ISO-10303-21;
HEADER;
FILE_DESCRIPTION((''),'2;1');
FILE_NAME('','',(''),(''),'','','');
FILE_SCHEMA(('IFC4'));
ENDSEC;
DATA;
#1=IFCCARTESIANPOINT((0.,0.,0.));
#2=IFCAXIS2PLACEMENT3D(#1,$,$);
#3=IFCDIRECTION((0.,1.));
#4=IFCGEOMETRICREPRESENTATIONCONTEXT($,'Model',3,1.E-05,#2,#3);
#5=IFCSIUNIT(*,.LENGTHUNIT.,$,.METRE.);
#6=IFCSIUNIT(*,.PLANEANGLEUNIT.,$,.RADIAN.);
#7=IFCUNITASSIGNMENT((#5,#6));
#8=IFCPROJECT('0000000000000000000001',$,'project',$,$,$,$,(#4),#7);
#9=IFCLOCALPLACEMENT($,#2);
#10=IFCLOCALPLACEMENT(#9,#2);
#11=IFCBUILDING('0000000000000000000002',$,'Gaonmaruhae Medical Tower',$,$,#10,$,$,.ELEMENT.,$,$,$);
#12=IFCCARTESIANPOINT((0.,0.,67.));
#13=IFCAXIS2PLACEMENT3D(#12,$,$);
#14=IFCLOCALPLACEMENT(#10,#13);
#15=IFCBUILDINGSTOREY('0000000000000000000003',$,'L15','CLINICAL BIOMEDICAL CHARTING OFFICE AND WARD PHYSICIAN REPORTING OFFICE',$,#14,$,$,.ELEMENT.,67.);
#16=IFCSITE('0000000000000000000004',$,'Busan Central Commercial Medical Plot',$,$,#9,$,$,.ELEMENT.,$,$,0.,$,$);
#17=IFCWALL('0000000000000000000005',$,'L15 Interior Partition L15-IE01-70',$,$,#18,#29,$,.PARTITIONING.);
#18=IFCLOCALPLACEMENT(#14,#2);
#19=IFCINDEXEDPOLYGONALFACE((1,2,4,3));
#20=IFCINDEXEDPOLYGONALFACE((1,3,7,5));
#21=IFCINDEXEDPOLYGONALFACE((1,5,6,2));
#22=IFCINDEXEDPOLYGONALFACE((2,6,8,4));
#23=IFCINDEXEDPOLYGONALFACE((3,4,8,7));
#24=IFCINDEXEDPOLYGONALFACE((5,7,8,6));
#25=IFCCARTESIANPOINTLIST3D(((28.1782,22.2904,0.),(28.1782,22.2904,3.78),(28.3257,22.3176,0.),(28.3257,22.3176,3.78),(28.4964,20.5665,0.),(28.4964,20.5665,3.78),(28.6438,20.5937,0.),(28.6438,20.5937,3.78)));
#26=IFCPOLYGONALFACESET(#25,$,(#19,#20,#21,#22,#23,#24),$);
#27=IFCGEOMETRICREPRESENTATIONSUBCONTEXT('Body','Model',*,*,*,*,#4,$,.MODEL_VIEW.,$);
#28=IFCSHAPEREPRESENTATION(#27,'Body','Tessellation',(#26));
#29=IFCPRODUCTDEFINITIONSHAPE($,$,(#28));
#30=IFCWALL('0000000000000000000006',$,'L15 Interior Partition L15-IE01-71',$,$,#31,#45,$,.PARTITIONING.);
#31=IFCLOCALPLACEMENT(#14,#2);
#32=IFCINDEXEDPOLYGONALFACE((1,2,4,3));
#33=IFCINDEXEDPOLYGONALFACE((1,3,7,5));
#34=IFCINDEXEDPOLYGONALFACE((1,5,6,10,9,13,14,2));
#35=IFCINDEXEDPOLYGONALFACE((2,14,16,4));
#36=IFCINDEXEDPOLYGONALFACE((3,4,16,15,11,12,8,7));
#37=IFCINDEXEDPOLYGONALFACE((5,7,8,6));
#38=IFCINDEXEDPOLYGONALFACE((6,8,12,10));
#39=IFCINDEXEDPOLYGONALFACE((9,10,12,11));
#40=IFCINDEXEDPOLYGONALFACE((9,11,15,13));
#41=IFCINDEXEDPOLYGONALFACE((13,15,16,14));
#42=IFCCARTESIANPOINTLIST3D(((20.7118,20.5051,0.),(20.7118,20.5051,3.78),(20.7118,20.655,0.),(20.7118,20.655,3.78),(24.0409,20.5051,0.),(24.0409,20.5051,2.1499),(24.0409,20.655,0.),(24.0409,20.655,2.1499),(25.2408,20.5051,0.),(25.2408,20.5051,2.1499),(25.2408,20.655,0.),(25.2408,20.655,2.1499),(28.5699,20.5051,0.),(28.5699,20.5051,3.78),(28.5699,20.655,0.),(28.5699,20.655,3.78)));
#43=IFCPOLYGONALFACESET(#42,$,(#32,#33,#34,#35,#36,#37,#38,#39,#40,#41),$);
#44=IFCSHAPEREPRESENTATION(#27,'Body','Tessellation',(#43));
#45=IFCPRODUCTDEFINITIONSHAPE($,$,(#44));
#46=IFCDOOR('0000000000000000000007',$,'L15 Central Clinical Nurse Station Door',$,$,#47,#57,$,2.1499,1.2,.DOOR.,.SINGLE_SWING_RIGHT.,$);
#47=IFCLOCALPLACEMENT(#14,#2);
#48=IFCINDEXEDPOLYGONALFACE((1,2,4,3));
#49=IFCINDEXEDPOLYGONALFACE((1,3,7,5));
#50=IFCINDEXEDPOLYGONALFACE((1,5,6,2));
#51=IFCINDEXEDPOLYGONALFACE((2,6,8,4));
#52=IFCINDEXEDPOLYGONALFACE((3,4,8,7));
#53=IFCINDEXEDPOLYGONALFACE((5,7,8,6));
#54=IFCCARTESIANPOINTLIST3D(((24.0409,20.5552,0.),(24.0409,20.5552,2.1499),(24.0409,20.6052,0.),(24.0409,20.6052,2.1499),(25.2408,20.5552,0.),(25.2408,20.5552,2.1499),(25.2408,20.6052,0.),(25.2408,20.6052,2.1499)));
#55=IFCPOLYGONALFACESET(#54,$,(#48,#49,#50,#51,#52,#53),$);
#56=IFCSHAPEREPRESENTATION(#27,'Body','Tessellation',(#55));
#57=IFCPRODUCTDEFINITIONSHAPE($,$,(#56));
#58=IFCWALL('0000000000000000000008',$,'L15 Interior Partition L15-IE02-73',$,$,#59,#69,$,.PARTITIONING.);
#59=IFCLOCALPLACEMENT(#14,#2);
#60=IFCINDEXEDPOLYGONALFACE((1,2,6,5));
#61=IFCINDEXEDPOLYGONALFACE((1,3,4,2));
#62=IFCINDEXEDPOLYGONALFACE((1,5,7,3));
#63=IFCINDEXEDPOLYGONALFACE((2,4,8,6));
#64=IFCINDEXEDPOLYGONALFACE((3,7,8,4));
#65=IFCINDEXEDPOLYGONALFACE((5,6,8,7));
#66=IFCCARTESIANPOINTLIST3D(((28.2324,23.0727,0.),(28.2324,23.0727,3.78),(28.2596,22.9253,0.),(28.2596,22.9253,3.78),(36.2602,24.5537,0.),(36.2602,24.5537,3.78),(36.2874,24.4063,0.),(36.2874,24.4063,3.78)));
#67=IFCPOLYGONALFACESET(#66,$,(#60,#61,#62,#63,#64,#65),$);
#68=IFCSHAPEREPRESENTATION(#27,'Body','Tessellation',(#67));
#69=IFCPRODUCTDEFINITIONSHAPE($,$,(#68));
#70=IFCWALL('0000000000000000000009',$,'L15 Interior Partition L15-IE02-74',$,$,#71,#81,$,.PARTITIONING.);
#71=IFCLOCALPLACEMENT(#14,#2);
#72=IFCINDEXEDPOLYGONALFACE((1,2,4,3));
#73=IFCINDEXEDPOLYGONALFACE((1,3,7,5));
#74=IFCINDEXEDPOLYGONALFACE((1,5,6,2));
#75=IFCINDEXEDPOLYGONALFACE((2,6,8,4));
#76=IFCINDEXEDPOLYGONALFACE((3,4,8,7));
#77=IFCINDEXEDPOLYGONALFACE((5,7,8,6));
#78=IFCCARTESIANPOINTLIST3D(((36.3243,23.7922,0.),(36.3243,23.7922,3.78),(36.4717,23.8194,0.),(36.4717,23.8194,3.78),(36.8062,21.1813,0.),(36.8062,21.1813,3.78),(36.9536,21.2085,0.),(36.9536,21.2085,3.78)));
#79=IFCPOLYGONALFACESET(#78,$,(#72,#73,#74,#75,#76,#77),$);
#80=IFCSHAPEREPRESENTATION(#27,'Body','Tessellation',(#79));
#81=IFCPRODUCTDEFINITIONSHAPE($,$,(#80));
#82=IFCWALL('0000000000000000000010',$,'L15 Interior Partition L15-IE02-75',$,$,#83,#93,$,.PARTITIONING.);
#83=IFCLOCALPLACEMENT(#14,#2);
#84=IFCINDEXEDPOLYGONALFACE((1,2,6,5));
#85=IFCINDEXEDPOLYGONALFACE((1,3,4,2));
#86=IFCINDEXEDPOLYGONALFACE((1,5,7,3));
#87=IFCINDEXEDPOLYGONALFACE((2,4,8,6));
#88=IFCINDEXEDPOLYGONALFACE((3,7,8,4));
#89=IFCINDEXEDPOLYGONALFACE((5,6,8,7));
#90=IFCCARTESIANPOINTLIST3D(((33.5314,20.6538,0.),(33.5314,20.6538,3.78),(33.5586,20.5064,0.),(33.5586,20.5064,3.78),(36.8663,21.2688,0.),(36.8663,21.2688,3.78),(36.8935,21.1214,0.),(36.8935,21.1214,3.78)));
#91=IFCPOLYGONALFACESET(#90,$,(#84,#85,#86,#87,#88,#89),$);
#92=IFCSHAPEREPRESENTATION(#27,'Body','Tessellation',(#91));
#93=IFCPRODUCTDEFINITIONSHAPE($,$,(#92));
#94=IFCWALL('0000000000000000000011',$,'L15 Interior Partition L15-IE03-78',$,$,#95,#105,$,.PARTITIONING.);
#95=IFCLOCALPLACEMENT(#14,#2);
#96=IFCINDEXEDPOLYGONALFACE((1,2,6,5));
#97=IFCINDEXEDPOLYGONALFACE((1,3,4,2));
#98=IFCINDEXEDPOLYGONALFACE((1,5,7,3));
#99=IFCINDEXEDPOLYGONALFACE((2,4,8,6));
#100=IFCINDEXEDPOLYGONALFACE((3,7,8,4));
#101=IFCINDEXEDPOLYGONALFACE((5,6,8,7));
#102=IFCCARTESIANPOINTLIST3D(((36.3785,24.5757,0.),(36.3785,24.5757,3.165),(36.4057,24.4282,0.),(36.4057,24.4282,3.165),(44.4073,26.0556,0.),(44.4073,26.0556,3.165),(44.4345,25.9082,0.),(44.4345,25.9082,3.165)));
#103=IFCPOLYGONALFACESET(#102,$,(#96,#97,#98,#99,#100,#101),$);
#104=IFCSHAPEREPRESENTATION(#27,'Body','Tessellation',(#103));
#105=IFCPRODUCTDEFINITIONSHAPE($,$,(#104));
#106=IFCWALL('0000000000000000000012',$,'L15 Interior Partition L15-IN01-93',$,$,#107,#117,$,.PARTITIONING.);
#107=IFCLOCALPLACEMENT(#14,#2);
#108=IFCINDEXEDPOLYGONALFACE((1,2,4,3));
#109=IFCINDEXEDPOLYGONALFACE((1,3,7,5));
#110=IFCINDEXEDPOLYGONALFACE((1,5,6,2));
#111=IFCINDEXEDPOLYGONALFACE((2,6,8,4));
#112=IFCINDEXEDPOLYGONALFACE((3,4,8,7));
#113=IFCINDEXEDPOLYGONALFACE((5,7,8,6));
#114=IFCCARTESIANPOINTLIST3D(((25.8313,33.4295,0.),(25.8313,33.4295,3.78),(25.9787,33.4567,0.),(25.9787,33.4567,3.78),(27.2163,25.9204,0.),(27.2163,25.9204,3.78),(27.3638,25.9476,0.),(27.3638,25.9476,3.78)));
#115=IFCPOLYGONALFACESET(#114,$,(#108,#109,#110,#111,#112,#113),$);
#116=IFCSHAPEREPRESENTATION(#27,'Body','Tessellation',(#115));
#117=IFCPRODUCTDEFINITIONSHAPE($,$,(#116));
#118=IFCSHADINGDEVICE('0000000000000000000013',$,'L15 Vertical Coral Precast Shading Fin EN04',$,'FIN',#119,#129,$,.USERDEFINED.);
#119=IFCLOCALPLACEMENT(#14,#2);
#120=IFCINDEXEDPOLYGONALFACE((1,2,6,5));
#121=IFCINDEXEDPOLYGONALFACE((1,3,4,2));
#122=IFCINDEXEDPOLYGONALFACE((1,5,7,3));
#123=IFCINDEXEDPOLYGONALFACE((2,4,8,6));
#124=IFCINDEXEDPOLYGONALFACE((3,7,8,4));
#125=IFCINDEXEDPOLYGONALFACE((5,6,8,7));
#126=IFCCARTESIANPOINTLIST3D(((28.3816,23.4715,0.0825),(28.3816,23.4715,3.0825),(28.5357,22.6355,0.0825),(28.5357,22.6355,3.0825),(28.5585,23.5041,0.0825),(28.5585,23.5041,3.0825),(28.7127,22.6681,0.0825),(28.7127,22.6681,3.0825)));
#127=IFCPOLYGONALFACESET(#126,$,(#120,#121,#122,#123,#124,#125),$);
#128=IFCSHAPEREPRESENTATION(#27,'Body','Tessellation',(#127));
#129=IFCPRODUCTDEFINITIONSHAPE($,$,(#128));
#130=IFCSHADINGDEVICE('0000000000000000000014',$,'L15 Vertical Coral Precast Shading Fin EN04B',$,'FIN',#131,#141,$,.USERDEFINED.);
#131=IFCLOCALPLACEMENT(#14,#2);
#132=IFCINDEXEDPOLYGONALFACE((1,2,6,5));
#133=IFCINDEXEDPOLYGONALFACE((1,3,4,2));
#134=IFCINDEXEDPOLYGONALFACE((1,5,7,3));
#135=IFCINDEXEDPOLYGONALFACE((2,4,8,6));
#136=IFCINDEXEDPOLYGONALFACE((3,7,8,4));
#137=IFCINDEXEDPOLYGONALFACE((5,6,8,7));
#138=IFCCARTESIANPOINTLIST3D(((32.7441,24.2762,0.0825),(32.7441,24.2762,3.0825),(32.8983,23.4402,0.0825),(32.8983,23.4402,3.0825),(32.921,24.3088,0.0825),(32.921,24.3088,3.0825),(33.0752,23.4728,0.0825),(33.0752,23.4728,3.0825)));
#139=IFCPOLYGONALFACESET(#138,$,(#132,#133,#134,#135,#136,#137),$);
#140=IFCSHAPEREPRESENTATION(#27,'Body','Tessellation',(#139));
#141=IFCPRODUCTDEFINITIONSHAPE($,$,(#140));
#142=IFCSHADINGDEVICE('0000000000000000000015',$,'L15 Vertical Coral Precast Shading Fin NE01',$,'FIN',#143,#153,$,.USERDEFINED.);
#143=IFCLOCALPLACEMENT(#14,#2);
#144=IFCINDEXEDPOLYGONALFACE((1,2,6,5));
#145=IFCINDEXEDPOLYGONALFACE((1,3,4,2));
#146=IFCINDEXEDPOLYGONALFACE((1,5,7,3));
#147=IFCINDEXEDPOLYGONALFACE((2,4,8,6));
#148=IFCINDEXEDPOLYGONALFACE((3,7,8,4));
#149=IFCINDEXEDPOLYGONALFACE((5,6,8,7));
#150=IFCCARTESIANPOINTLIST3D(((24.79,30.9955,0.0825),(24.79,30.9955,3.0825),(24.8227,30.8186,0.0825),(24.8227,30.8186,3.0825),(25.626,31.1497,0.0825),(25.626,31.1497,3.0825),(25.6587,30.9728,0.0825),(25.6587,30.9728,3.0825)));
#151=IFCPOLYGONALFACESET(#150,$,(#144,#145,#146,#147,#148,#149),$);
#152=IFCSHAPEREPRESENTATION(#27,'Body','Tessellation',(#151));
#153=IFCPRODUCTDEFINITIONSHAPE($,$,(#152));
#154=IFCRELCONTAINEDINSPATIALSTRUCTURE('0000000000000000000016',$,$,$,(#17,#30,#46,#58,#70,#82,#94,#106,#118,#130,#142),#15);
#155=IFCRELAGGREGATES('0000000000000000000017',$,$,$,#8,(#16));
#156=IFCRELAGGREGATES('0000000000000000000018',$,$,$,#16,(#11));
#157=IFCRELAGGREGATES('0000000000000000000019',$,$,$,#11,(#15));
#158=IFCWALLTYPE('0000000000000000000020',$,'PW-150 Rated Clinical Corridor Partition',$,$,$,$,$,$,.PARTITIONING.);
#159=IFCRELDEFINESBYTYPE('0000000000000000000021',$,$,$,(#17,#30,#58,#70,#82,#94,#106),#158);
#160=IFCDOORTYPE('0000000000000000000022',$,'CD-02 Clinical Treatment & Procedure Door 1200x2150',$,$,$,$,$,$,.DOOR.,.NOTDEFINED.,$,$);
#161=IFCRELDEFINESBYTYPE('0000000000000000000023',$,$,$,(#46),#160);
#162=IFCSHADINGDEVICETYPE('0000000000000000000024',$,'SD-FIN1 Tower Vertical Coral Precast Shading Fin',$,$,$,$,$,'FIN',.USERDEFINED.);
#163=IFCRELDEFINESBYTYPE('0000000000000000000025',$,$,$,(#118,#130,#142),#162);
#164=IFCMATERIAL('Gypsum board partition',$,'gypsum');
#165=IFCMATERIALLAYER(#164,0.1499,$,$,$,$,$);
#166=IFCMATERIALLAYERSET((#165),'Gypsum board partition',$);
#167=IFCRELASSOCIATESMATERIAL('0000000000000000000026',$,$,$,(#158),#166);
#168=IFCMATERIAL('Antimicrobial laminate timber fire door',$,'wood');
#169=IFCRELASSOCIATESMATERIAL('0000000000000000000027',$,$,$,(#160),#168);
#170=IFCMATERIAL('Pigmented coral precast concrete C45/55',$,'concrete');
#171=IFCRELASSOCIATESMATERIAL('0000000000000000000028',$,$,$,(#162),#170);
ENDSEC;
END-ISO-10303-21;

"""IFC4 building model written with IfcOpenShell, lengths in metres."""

from ifc_helpers import new_model, si_unit, direction, frame, frame_2d, origin, origin_2d, place, context, subcontext, project, spatial, rectangle, extrude, material, layer, layer_set, type_object, element, fill, save


model = new_model("IFC4")

# Units and contexts
model_context = context("Model", 3, precision=1e-05, world=origin(), true_north=direction((0.0, 1.0)))
body_context = subcontext(model_context, "Body", "Model", "MODEL_VIEW")
ifc_project = project(units=[si_unit("LENGTHUNIT", "METRE"), si_unit("PLANEANGLEUNIT", "RADIAN")], contexts=[model_context])

# Site, building, storey
site_placement = place(None, origin())
site = spatial("IfcSite", under=ifc_project, at=site_placement, Name="Busan Central Commercial Medical Plot", CompositionType="ELEMENT", RefElevation=0.0)
building_placement = place(site_placement, origin())
building = spatial("IfcBuilding", under=site, at=building_placement, Name="Gaonmaruhae Medical Tower", CompositionType="ELEMENT")
storey_placement = place(building_placement, frame((0.0, 0.0, 67.0)))
storey = spatial("IfcBuildingStorey", under=building, at=storey_placement, Name="L15", Description="CLINICAL BIOMEDICAL CHARTING OFFICE AND WARD PHYSICIAN REPORTING OFFICE", CompositionType="ELEMENT", Elevation=67.0)

# Wall
ifc_material_1 = material(Name="Gypsum board partition", Category="gypsum")
ifc_layer_1 = layer(ifc_material_1, 0.1499)
ifc_layer_set_1 = layer_set([ifc_layer_1], Name="Gypsum board partition")
wall_type_1 = type_object("IfcWallType", Name="PW-150 Rated Clinical Corridor Partition", PredefinedType="PARTITIONING", material=ifc_layer_set_1)
wall_1_placement = place(storey_placement, frame((28.252, 22.304, 0.0), z_axis=(0.0, 0.0, 1.0), x_axis=(0.181471, -0.983396, 0.0)))
element("IfcWall", 1, at=wall_1_placement, inside=storey, type_object=wall_type_1, Name="L15 Interior Partition L15-IE01-70", PredefinedType="PARTITIONING", context=body_context, shape_type="SweptSolid", body=[
    extrude(rectangle(XDim=1.7529, YDim=0.1499, at=frame_2d((0.8765, 0.0))), origin(), (0.0, 0.0, 1.0), 3.78),
])

# Wall, opening, door
wall_2_placement = place(storey_placement, frame((28.5701, 20.5801, 0.0), z_axis=(0.0, 0.0, 1.0), x_axis=(-1.0, 0.0, 0.0)))
wall_2 = element("IfcWall", 2, at=wall_2_placement, inside=storey, type_object=wall_type_1, Name="L15 Interior Partition L15-IE01-71", PredefinedType="PARTITIONING", context=body_context, shape_type="SweptSolid", body=[
    extrude(rectangle(XDim=7.8582, YDim=0.1499, at=frame_2d((3.9292, 0.0))), origin(), (0.0, 0.0, 1.0), 3.78),
])
opening_1_placement = place(wall_2_placement, frame((3.3291, 0.0, 0.0)))
opening_1 = element("IfcOpeningElement", 3, at=opening_1_placement, cuts=wall_2, PredefinedType="OPENING", context=body_context, shape_type="SweptSolid", body=[
    extrude(rectangle(XDim=1.2, YDim=2.1499, at=frame_2d((0.6001, 1.075))), frame((0.0, 0.085, 0.0), z_axis=(0.0, -1.0, 0.0), x_axis=(1.0, 0.0, 0.0)), (0.0, 0.0, 1.0), 0.1699),
])
ifc_material_2 = material(Name="Antimicrobial laminate timber fire door", Category="wood")
door_type = type_object("IfcDoorType", Name="CD-02 Clinical Treatment & Procedure Door 1200x2150", OperationType="NOTDEFINED", PredefinedType="DOOR", material=ifc_material_2)
door_1_placement = place(opening_1_placement, origin())
door_1 = element("IfcDoor", 4, at=door_1_placement, inside=storey, type_object=door_type, Name="L15 Central Clinical Nurse Station Door", OperationType="SINGLE_SWING_RIGHT", OverallHeight=2.1499, OverallWidth=1.2, PredefinedType="DOOR", context=body_context, shape_type="SweptSolid", body=[
    extrude(rectangle(XDim=1.2, YDim=2.1499, at=frame_2d((0.6001, 1.075))), frame((0.0, 0.0249, 0.0), z_axis=(0.0, -1.0, 0.0), x_axis=(1.0, 0.0, 0.0)), (0.0, 0.0, 1.0), 0.05),
])
fill(opening_1, door_1)

# Walls
wall_3_placement = place(storey_placement, frame((28.2461, 22.999, 0.0), z_axis=(0.0, 0.0, 1.0), x_axis=(0.983406, 0.181417, 0.0)))
element("IfcWall", 5, at=wall_3_placement, inside=storey, type_object=wall_type_1, Name="L15 Interior Partition L15-IE02-73", PredefinedType="PARTITIONING", context=body_context, shape_type="SweptSolid", body=[
    extrude(rectangle(XDim=8.1633, YDim=0.1499, at=frame_2d((4.0815, 0.0))), origin(), (0.0, 0.0, 1.0), 3.78),
])
wall_4_placement = place(storey_placement, frame((36.3979, 23.8059, 0.0), z_axis=(0.0, 0.0, 1.0), x_axis=(0.181523, -0.983387, 0.0)))
element("IfcWall", 6, at=wall_4_placement, inside=storey, type_object=wall_type_1, Name="L15 Interior Partition L15-IE02-74", PredefinedType="PARTITIONING", context=body_context, shape_type="SweptSolid", body=[
    extrude(rectangle(XDim=2.655, YDim=0.1499, at=frame_2d((1.3276, 0.0))), origin(), (0.0, 0.0, 1.0), 3.78),
])
wall_5_placement = place(storey_placement, frame((36.8799, 21.1951, 0.0), z_axis=(0.0, 0.0, 1.0), x_axis=(-0.983419, -0.181349, 0.0)))
element("IfcWall", 7, at=wall_5_placement, inside=storey, type_object=wall_type_1, Name="L15 Interior Partition L15-IE02-75", PredefinedType="PARTITIONING", context=body_context, shape_type="SweptSolid", body=[
    extrude(rectangle(XDim=3.3911, YDim=0.1499, at=frame_2d((1.6956, 0.0))), origin(), (0.0, 0.0, 1.0), 3.78),
])

# Walls
wall_6_placement = place(storey_placement, frame((36.3921, 24.502, 0.0), z_axis=(0.0, 0.0, 1.0), x_axis=(0.983432, 0.18128, 0.0)))
element("IfcWall", 8, at=wall_6_placement, inside=storey, type_object=wall_type_1, Name="L15 Interior Partition L15-IE03-78", PredefinedType="PARTITIONING", context=body_context, shape_type="SweptSolid", body=[
    extrude(rectangle(XDim=8.1641, YDim=0.1499, at=frame_2d((4.082, 0.0))), origin(), (0.0, 0.0, 1.0), 3.165),
])
wall_7_placement = place(storey_placement, frame((25.905, 33.4431, 0.0), z_axis=(0.0, 0.0, 1.0), x_axis=(0.181386, -0.983412, 0.0)))
element("IfcWall", 9, at=wall_7_placement, inside=storey, type_object=wall_type_1, Name="L15 Interior Partition L15-IN01-93", PredefinedType="PARTITIONING", context=body_context, shape_type="SweptSolid", body=[
    extrude(rectangle(XDim=7.6357, YDim=0.1499, at=frame_2d((3.8179, 0.0))), origin(), (0.0, 0.0, 1.0), 3.78),
])

# Shading devices
ifc_material_3 = material(Name="Pigmented coral precast concrete C45/55", Category="concrete")
shading_device_type = type_object("IfcShadingDeviceType", Name="SD-FIN1 Tower Vertical Coral Precast Shading Fin", ElementType="FIN", PredefinedType="USERDEFINED", material=ifc_material_3)
for number, where, z_axis, x_axis, name in (
    (10, (28.5471, 23.0698, 0.0825), (0.0, 0.0, 1.0), (0.983414, 0.181377, 0.0), "L15 Vertical Coral Precast Shading Fin EN04"),
    (11, (32.9097, 23.8745, 0.0825), (0.0, 0.0, 1.0), (0.983414, 0.181377, 0.0), "L15 Vertical Coral Precast Shading Fin EN04B"),
    (12, (25.2244, 30.9841, 0.0825), (0.0, 0.0, 1.0), (-0.181377, 0.983414, 0.0), "L15 Vertical Coral Precast Shading Fin NE01"),
):
    element("IfcShadingDevice", number, at=place(storey_placement, frame(where, z_axis=z_axis, x_axis=x_axis)), inside=storey, type_object=shading_device_type, Name=name, ObjectType="FIN", PredefinedType="USERDEFINED", context=body_context, shape_type="SweptSolid", body=[
        extrude(rectangle(XDim=0.1799, YDim=0.8501, at=origin_2d()), origin(), (0.0, 0.0, 1.0), 3.0),
    ])

save(model, "model.ifc")
